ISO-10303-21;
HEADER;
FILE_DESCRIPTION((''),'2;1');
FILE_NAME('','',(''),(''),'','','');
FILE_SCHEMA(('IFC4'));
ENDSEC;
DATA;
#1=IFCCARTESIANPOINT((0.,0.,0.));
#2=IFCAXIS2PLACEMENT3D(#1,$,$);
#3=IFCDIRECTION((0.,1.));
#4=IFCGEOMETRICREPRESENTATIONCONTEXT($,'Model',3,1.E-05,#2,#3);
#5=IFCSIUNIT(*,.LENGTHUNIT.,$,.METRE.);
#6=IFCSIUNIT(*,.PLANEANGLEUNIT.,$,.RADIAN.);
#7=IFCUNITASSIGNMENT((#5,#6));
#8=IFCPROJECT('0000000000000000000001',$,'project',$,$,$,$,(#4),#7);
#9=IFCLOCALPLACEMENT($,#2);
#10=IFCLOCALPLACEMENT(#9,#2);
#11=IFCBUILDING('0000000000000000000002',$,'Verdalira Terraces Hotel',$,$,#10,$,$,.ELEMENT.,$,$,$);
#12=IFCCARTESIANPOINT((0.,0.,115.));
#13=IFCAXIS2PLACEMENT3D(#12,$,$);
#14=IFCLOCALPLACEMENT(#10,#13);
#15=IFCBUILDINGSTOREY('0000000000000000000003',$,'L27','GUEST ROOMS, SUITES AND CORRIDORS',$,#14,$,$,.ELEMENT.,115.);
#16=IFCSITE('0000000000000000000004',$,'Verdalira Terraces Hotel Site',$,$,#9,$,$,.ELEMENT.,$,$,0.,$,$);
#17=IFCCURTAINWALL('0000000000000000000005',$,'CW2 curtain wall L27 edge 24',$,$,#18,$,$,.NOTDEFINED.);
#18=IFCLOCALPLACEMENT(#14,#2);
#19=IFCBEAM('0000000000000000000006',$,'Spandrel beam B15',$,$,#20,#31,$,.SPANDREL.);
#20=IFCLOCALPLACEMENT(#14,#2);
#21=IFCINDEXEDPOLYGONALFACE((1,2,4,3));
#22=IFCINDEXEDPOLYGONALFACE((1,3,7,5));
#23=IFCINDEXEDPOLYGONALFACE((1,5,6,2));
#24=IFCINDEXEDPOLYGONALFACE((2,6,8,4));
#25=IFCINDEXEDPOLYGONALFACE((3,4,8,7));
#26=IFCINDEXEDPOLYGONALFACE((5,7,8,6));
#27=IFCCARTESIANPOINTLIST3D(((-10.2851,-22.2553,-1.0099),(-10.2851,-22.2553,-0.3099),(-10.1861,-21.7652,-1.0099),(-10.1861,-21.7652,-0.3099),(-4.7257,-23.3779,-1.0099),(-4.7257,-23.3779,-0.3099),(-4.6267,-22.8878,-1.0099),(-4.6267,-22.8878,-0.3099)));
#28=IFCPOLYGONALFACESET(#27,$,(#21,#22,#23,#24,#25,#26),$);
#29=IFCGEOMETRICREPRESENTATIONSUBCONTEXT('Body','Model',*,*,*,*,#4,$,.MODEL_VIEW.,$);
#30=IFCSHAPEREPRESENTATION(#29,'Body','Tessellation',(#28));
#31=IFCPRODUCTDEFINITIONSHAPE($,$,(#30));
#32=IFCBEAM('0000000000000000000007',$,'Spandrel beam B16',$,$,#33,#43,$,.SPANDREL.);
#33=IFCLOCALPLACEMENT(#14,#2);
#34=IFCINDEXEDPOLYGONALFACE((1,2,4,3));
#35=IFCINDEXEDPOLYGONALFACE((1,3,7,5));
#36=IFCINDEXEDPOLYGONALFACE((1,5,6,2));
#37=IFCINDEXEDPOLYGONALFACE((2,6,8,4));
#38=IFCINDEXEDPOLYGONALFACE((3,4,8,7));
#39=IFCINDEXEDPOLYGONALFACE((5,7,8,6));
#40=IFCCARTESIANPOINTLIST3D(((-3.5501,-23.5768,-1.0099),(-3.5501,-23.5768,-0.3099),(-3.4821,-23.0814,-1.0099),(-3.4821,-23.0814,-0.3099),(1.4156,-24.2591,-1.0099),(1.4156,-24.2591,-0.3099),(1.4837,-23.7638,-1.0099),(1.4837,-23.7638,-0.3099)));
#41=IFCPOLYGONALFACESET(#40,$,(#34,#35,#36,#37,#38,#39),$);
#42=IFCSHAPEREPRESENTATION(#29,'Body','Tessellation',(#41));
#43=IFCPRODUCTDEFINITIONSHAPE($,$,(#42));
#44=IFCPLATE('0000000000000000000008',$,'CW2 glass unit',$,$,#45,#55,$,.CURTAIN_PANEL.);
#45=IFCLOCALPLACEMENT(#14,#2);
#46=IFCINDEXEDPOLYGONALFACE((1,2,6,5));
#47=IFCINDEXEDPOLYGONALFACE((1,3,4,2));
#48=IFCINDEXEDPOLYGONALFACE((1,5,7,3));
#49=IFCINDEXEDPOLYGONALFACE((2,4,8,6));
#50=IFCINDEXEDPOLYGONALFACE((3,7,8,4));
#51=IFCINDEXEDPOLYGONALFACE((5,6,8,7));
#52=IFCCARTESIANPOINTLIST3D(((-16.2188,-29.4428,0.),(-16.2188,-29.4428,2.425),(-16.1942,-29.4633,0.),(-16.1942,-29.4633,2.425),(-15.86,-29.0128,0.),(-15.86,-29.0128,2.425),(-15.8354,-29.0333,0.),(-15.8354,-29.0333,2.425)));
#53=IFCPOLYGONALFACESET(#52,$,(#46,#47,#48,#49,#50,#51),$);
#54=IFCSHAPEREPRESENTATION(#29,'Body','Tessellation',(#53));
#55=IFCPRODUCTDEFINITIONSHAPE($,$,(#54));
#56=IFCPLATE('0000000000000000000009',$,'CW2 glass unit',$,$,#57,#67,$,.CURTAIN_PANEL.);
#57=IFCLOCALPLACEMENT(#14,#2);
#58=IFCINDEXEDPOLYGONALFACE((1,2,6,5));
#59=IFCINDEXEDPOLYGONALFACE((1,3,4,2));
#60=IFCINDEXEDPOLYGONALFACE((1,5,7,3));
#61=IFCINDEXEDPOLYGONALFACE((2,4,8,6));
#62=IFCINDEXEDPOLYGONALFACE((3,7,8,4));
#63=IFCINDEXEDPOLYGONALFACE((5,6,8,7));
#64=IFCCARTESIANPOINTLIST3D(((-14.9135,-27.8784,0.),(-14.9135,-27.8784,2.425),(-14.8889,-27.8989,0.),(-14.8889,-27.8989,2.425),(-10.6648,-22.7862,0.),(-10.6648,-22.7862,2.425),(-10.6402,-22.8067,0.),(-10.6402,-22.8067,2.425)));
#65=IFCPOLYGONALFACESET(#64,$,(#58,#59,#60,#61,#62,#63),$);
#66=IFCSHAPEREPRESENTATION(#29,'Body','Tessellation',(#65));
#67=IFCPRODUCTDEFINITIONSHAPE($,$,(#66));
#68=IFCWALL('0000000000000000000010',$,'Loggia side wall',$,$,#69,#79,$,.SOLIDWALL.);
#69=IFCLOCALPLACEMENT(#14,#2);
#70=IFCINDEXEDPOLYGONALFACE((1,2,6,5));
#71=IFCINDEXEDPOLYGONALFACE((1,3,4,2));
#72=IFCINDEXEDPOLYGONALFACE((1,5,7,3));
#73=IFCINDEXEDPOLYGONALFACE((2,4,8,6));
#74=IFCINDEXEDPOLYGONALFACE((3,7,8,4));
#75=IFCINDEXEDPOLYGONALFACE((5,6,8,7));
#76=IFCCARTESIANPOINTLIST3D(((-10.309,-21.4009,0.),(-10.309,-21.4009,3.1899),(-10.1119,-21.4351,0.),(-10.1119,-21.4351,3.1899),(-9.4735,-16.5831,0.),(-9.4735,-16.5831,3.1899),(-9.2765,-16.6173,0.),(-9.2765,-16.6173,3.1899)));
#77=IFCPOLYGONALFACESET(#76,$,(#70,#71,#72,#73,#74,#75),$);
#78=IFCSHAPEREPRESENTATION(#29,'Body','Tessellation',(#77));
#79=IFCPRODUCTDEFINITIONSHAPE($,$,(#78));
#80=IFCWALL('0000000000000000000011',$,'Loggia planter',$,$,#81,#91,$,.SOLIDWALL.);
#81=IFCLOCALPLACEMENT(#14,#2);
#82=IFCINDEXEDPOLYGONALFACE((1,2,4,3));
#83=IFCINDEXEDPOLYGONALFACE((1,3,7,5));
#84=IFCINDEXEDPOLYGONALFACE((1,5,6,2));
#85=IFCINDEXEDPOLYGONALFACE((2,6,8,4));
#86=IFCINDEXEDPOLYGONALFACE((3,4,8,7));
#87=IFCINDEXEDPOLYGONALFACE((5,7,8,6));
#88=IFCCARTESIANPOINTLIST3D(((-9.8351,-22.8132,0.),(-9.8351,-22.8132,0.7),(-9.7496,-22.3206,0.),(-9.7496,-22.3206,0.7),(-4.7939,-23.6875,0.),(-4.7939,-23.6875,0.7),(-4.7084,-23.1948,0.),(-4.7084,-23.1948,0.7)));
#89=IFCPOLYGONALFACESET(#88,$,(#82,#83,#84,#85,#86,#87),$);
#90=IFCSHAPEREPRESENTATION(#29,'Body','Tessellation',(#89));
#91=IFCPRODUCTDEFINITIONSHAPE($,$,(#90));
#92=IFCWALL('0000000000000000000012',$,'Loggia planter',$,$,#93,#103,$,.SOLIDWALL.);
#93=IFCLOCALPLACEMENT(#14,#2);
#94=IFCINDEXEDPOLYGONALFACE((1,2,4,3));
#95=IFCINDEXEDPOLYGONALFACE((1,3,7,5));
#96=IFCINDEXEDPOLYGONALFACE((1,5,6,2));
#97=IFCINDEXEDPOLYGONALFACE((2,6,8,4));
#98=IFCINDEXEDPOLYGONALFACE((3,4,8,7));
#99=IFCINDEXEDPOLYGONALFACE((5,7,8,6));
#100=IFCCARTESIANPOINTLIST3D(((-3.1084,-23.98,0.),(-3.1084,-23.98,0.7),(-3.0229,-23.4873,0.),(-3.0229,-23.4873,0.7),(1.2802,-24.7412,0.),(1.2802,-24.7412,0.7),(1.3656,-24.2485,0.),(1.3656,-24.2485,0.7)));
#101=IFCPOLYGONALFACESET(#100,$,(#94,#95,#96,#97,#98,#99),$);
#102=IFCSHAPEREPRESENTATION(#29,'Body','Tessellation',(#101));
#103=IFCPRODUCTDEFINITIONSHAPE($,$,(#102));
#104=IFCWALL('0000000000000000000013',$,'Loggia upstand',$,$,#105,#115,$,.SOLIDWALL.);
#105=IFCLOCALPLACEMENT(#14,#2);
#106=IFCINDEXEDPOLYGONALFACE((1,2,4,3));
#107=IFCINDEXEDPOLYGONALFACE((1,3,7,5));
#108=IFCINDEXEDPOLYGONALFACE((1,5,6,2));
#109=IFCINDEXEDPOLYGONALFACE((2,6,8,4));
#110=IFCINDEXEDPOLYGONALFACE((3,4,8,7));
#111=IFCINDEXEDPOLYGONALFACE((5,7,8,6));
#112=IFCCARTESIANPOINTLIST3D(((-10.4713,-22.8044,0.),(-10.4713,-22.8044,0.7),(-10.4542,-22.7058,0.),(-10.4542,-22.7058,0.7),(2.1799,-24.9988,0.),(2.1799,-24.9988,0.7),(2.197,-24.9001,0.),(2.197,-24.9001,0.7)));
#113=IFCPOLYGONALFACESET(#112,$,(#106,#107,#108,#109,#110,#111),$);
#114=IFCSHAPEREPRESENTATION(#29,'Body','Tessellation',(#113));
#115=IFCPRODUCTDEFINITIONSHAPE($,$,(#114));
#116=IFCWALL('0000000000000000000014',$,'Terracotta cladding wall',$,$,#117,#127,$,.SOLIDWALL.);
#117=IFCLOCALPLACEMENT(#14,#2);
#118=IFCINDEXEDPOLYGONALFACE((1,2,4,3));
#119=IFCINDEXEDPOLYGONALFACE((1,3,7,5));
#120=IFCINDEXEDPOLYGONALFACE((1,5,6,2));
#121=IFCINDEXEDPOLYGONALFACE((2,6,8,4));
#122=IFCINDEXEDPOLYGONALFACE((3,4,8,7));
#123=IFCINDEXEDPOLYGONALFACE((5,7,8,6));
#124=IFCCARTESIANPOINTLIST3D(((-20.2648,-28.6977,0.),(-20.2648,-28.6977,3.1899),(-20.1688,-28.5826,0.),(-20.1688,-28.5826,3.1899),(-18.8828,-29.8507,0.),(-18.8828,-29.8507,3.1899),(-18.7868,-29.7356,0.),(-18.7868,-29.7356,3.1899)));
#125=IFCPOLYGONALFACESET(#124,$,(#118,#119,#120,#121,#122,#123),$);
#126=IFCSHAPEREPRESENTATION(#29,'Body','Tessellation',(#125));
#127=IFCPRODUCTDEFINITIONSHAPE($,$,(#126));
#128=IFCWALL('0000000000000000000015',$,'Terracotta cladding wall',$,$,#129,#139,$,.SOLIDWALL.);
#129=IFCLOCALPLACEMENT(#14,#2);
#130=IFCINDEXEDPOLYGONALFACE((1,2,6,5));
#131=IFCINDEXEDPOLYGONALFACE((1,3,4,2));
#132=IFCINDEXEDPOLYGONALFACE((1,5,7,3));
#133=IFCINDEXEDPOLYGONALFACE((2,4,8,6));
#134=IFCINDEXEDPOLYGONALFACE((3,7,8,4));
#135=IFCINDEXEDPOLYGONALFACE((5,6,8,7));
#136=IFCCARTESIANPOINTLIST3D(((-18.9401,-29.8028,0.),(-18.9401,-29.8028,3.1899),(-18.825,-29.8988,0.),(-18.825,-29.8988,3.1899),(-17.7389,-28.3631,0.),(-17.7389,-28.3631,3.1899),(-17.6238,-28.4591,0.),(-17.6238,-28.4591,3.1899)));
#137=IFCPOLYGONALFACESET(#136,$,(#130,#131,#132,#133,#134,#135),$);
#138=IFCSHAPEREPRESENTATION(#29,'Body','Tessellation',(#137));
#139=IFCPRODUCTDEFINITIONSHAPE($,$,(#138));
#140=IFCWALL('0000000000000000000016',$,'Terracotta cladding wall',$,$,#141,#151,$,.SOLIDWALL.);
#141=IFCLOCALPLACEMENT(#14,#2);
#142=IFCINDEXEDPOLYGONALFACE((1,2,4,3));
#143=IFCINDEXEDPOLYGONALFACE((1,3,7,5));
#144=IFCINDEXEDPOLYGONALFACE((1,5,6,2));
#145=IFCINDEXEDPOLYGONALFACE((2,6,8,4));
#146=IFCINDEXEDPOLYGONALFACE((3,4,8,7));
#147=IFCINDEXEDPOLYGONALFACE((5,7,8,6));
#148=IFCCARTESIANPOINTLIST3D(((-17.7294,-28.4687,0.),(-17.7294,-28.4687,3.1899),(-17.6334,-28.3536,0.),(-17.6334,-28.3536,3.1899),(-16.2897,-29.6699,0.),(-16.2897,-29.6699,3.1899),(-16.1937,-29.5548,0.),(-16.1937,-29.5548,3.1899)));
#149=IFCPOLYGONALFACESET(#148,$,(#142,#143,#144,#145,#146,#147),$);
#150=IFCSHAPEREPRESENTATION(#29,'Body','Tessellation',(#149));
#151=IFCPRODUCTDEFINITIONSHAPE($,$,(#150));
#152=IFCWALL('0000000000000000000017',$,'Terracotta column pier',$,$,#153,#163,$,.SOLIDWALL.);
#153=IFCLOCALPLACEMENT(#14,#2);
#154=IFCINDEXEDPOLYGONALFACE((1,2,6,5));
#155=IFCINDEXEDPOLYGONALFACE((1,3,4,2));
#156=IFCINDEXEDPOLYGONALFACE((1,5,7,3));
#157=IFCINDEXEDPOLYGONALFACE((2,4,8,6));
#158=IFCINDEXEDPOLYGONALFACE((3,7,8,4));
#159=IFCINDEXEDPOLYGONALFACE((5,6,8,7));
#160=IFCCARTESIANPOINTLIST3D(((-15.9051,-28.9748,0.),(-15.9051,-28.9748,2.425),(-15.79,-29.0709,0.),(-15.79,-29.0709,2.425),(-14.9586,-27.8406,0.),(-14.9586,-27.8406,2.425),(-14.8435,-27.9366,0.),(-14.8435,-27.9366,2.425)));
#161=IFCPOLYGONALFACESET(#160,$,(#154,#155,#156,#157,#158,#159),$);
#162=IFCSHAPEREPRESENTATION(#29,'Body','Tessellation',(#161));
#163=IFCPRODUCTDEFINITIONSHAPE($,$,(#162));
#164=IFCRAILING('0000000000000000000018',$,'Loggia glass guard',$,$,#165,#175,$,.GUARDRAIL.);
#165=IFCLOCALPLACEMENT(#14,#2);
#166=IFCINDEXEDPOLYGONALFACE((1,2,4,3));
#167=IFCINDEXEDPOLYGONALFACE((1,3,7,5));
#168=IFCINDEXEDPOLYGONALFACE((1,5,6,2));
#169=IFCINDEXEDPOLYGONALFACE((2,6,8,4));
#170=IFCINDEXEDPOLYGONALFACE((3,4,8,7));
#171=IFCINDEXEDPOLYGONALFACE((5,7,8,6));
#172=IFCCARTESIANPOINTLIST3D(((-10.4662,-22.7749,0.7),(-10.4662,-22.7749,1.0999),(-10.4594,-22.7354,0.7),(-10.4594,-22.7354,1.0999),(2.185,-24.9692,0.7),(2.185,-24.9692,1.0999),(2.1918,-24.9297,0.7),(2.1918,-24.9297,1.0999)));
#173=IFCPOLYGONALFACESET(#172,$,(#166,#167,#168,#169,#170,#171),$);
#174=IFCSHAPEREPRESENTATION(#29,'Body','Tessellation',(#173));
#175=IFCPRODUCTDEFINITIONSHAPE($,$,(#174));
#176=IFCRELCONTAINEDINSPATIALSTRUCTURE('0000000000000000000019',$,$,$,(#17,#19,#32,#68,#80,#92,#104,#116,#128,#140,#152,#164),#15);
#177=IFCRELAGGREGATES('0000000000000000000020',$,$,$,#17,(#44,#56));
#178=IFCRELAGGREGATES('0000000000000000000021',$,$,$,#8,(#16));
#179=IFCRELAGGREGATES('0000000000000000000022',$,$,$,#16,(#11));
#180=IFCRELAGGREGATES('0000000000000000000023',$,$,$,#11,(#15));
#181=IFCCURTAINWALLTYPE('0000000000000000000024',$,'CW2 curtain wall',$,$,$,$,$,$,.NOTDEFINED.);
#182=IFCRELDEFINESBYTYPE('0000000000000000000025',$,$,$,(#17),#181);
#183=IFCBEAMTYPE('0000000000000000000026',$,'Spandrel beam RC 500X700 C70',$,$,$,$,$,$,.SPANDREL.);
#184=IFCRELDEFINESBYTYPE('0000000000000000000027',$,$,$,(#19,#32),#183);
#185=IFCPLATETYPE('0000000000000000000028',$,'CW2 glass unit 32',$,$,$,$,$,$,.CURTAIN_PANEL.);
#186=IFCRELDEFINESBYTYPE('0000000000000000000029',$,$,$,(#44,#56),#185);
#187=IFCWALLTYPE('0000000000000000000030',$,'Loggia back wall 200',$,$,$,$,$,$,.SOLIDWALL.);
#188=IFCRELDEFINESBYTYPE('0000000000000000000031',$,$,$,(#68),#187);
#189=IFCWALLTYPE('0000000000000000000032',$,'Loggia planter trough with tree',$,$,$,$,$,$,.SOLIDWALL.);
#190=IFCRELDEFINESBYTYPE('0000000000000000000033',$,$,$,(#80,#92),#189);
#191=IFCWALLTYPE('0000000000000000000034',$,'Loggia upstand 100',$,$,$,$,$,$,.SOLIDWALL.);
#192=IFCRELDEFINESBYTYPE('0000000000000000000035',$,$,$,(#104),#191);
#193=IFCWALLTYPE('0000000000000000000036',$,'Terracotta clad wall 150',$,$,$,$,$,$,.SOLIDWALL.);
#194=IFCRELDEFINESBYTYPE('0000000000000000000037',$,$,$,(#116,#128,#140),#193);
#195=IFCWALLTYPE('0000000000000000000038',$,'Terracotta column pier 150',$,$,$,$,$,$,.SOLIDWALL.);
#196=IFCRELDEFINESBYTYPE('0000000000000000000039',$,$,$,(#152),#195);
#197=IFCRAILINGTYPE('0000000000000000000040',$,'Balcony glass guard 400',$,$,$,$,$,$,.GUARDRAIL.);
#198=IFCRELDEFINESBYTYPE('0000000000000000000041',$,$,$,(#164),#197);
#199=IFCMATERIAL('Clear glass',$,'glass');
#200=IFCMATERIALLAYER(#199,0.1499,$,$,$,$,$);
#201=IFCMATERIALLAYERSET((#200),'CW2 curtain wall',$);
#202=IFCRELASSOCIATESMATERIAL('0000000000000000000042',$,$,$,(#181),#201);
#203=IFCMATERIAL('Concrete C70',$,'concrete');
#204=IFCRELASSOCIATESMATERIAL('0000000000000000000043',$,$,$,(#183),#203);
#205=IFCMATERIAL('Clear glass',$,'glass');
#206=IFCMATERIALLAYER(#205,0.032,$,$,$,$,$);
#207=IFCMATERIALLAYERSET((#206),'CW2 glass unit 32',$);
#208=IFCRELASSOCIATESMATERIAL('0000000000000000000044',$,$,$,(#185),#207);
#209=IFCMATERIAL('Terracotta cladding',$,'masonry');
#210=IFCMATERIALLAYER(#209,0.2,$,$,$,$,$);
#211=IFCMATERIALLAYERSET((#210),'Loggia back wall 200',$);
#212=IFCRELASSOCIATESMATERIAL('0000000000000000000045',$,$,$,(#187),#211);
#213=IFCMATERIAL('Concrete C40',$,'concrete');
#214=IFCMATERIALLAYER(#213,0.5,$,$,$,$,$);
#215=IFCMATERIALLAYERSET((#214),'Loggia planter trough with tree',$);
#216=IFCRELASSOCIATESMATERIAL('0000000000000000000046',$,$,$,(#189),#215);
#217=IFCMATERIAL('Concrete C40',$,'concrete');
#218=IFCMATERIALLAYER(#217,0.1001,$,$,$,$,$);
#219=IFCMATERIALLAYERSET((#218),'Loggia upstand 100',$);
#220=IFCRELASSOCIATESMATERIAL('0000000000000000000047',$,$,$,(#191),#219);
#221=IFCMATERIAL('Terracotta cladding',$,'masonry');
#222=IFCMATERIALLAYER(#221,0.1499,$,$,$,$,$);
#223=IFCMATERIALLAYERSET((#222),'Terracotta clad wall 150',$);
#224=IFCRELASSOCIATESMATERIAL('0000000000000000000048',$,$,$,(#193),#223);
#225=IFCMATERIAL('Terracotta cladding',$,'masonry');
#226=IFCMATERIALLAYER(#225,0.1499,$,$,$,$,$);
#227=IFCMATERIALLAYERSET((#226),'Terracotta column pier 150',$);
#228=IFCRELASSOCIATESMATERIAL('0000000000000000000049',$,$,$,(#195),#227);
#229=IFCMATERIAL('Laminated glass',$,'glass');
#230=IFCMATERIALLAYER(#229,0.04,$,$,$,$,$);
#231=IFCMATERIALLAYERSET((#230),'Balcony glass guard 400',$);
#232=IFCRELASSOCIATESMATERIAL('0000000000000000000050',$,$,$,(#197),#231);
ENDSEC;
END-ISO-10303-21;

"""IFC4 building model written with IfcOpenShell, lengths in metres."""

from ifc_helpers import new_model, si_unit, direction, frame, frame_2d, origin, origin_2d, place, context, subcontext, project, spatial, rectangle, extrude, material, layer, layer_set, material_profile, profile_set, type_object, element, aggregate, save


model = new_model("IFC4")

# Units and contexts
model_context = context("Model", 3, precision=1e-05, world=origin(), true_north=direction((0.0, 1.0)))
body_context = subcontext(model_context, "Body", "Model", "MODEL_VIEW")
ifc_project = project(units=[si_unit("LENGTHUNIT", "METRE"), si_unit("PLANEANGLEUNIT", "RADIAN")], contexts=[model_context])

# Site, building, storey
site_placement = place(None, origin())
site = spatial("IfcSite", under=ifc_project, at=site_placement, Name="Verdalira Terraces Hotel Site", CompositionType="ELEMENT", RefElevation=0.0)
building_placement = place(site_placement, origin())
building = spatial("IfcBuilding", under=site, at=building_placement, Name="Verdalira Terraces Hotel", CompositionType="ELEMENT")
storey_placement = place(building_placement, frame((0.0, 0.0, 115.0)))
storey = spatial("IfcBuildingStorey", under=building, at=storey_placement, Name="L27", Description="GUEST ROOMS, SUITES AND CORRIDORS", CompositionType="ELEMENT", Elevation=115.0)

# Curtain wall
ifc_material_1 = material(Name="Clear glass", Category="glass")
ifc_layer_1 = layer(ifc_material_1, 0.1499)
ifc_layer_set_1 = layer_set([ifc_layer_1], Name="CW2 curtain wall")
curtain_wall_type = type_object("IfcCurtainWallType", Name="CW2 curtain wall", PredefinedType="NOTDEFINED", material=ifc_layer_set_1)
curtain_wall_placement = place(storey_placement, origin())
curtain_wall = element("IfcCurtainWall", 1, at=curtain_wall_placement, inside=storey, type_object=curtain_wall_type, Name="CW2 curtain wall L27 edge 24", PredefinedType="NOTDEFINED")

# Beams
ifc_material_2 = material(Name="Concrete C70", Category="concrete")
ifc_material_profile_1 = material_profile(ifc_material_2, rectangle(XDim=0.5, YDim=0.7, at=origin_2d()), Name="RC 500X700")
ifc_profile_set_1 = profile_set([ifc_material_profile_1], Name="Concrete C70")
beam_type = type_object("IfcBeamType", Name="Spandrel beam RC 500X700 C70", PredefinedType="SPANDREL", material=ifc_profile_set_1)
beam_1_placement = place(storey_placement, frame((-10.2356, -22.0103, -0.6599), z_axis=(0.980216, -0.197929, 0.0), x_axis=(0.197929, 0.980216, 0.0)))
element("IfcBeam", 2, at=beam_1_placement, inside=storey, type_object=beam_type, Name="Spandrel beam B15", PredefinedType="SPANDREL", context=body_context, shape_type="SweptSolid", body=[
    extrude(rectangle(XDim=0.5, YDim=0.7, at=origin_2d()), origin(), (0.0, 0.0, 1.0), 5.6716),
])
beam_2_placement = place(storey_placement, frame((-3.5161, -23.3291, -0.6599), z_axis=(0.99069, -0.136135, 0.0), x_axis=(0.136135, 0.99069, 0.0)))
element("IfcBeam", 3, at=beam_2_placement, inside=storey, type_object=beam_type, Name="Spandrel beam B16", PredefinedType="SPANDREL", context=body_context, shape_type="SweptSolid", body=[
    extrude(rectangle(XDim=0.5, YDim=0.7, at=origin_2d()), origin(), (0.0, 0.0, 1.0), 5.0125),
])

# Plates
ifc_material_3 = material(Name="Clear glass", Category="glass")
ifc_layer_2 = layer(ifc_material_3, 0.032)
ifc_layer_set_2 = layer_set([ifc_layer_2], Name="CW2 glass unit 32")
plate_type = type_object("IfcPlateType", Name="CW2 glass unit 32", PredefinedType="CURTAIN_PANEL", material=ifc_layer_set_2)
plate_1_placement = place(storey_placement, frame((-16.0271, -29.238, 0.0), z_axis=(0.0, 0.0, 1.0), x_axis=(0.640646, 0.767836, 0.0)))
plate_1 = element("IfcPlate", 4, at=plate_1_placement, type_object=plate_type, Name="CW2 glass unit", PredefinedType="CURTAIN_PANEL", context=body_context, shape_type="SweptSolid", body=[
    extrude(rectangle(XDim=0.5601, YDim=0.032, at=origin_2d()), origin(), (0.0, 0.0, 1.0), 2.425),
])
plate_2_placement = place(storey_placement, frame((-12.7769, -25.3425, 0.0), z_axis=(0.0, 0.0, 1.0), x_axis=(0.640646, 0.767836, 0.0)))
plate_2 = element("IfcPlate", 5, at=plate_2_placement, type_object=plate_type, Name="CW2 glass unit", PredefinedType="CURTAIN_PANEL", context=body_context, shape_type="SweptSolid", body=[
    extrude(rectangle(XDim=6.6318, YDim=0.032, at=origin_2d()), origin(), (0.0, 0.0, 1.0), 2.425),
])
aggregate(curtain_wall, [plate_1, plate_2])

# Walls
ifc_material_4 = material(Name="Terracotta cladding", Category="masonry")
ifc_layer_3 = layer(ifc_material_4, 0.2)
ifc_layer_set_3 = layer_set([ifc_layer_3], Name="Loggia back wall 200")
wall_type_1 = type_object("IfcWallType", Name="Loggia back wall 200", PredefinedType="SOLIDWALL", material=ifc_layer_set_3)
wall_1_placement = place(storey_placement, frame((-10.2104, -21.418, 0.0), z_axis=(0.0, 0.0, 1.0), x_axis=(0.170865, 0.985294, 0.0)))
element("IfcWall", 6, at=wall_1_placement, inside=storey, type_object=wall_type_1, Name="Loggia side wall", PredefinedType="SOLIDWALL", context=body_context, shape_type="SweptSolid", body=[
    extrude(rectangle(XDim=4.8896, YDim=0.2, at=frame_2d((2.4448, 0.0))), origin(), (0.0, 0.0, 1.0), 3.1899),
])
ifc_material_5 = material(Name="Concrete C40", Category="concrete")
ifc_layer_4 = layer(ifc_material_5, 0.5)
ifc_layer_set_4 = layer_set([ifc_layer_4], Name="Loggia planter trough with tree")
wall_type_2 = type_object("IfcWallType", Name="Loggia planter trough with tree", PredefinedType="SOLIDWALL", material=ifc_layer_set_4)
wall_2_placement = place(storey_placement, frame((-9.7922, -22.5669, 0.0), z_axis=(0.0, 0.0, 1.0), x_axis=(0.985293, -0.170872, 0.0)))
element("IfcWall", 7, at=wall_2_placement, inside=storey, type_object=wall_type_2, Name="Loggia planter", PredefinedType="SOLIDWALL", context=body_context, shape_type="SweptSolid", body=[
    extrude(rectangle(XDim=5.1165, YDim=0.5, at=frame_2d((2.5581, 0.0))), origin(), (0.0, 0.0, 1.0), 0.7),
])
wall_3_placement = place(storey_placement, frame((-3.0657, -23.7336, 0.0), z_axis=(0.0, 0.0, 1.0), x_axis=(0.985288, -0.170902, 0.0)))
element("IfcWall", 8, at=wall_3_placement, inside=storey, type_object=wall_type_2, Name="Loggia planter", PredefinedType="SOLIDWALL", context=body_context, shape_type="SweptSolid", body=[
    extrude(rectangle(XDim=4.4541, YDim=0.5, at=frame_2d((2.2271, 0.0))), origin(), (0.0, 0.0, 1.0), 0.7),
])
ifc_material_6 = material(Name="Concrete C40", Category="concrete")
ifc_layer_5 = layer(ifc_material_6, 0.1001)
ifc_layer_set_5 = layer_set([ifc_layer_5], Name="Loggia upstand 100")
wall_type_3 = type_object("IfcWallType", Name="Loggia upstand 100", PredefinedType="SOLIDWALL", material=ifc_layer_set_5)
wall_4_placement = place(storey_placement, frame((-10.4626, -22.7551, 0.0), z_axis=(0.0, 0.0, 1.0), x_axis=(0.985289, -0.170898, 0.0)))
element("IfcWall", 9, at=wall_4_placement, inside=storey, type_object=wall_type_3, Name="Loggia upstand", PredefinedType="SOLIDWALL", context=body_context, shape_type="SweptSolid", body=[
    extrude(rectangle(XDim=12.8401, YDim=0.1001, at=frame_2d((6.4199, 0.0))), origin(), (0.0, 0.0, 1.0), 0.7),
])
ifc_material_7 = material(Name="Terracotta cladding", Category="masonry")
ifc_layer_6 = layer(ifc_material_7, 0.1499)
ifc_layer_set_6 = layer_set([ifc_layer_6], Name="Terracotta clad wall 150")
wall_type_4 = type_object("IfcWallType", Name="Terracotta clad wall 150", PredefinedType="SOLIDWALL", material=ifc_layer_set_6)
wall_5_placement = place(storey_placement, frame((-20.2168, -28.6401, 0.0), z_axis=(0.0, 0.0, 1.0), x_axis=(0.767854, -0.640625, 0.0)))
element("IfcWall", 10, at=wall_5_placement, inside=storey, type_object=wall_type_4, Name="Terracotta cladding wall", PredefinedType="SOLIDWALL", context=body_context, shape_type="SweptSolid", body=[
    extrude(rectangle(XDim=1.7998, YDim=0.1499, at=frame_2d((0.8999, 0.0))), origin(), (0.0, 0.0, 1.0), 3.1899),
])
for number, where, z_axis, x_axis, name in (
    (11, (-18.8826, -29.8508, 0.0), (0.0, 0.0, 1.0), (0.640633, 0.767848, 0.0), "Terracotta cladding wall"),
    (12, (-17.6814, -28.4111, 0.0), (0.0, 0.0, 1.0), (0.767848, -0.640633, 0.0), "Terracotta cladding wall"),
):
    element("IfcWall", number, at=place(storey_placement, frame(where, z_axis=z_axis, x_axis=x_axis)), inside=storey, type_object=wall_type_4, Name=name, PredefinedType="SOLIDWALL", context=body_context, shape_type="SweptSolid", body=[
        extrude(rectangle(XDim=1.875, YDim=0.1499, at=frame_2d((0.9375, 0.0))), origin(), (0.0, 0.0, 1.0), 3.1899),
    ])
ifc_material_8 = material(Name="Terracotta cladding", Category="masonry")
ifc_layer_7 = layer(ifc_material_8, 0.1499)
ifc_layer_set_7 = layer_set([ifc_layer_7], Name="Terracotta column pier 150")
wall_type_5 = type_object("IfcWallType", Name="Terracotta column pier 150", PredefinedType="SOLIDWALL", material=ifc_layer_set_7)
wall_6_placement = place(storey_placement, frame((-15.8477, -29.0229, 0.0), z_axis=(0.0, 0.0, 1.0), x_axis=(0.640704, 0.767788, 0.0)))
element("IfcWall", 13, at=wall_6_placement, inside=storey, type_object=wall_type_5, Name="Terracotta column pier", PredefinedType="SOLIDWALL", context=body_context, shape_type="SweptSolid", body=[
    extrude(rectangle(XDim=1.4773, YDim=0.1499, at=frame_2d((0.7388, 0.0))), origin(), (0.0, 0.0, 1.0), 2.425),
])

# Railing
ifc_material_9 = material(Name="Laminated glass", Category="glass")
ifc_layer_8 = layer(ifc_material_9, 0.04)
ifc_layer_set_8 = layer_set([ifc_layer_8], Name="Balcony glass guard 400")
railing_type = type_object("IfcRailingType", Name="Balcony glass guard 400", PredefinedType="GUARDRAIL", material=ifc_layer_set_8)
railing_placement = place(storey_placement, frame((-4.1372, -23.8523, 0.7), z_axis=(0.0, 0.0, 1.0), x_axis=(0.985289, -0.170897, 0.0)))
element("IfcRailing", 14, at=railing_placement, inside=storey, type_object=railing_type, Name="Loggia glass guard", PredefinedType="GUARDRAIL", context=body_context, shape_type="SweptSolid", body=[
    extrude(rectangle(XDim=12.8401, YDim=0.04, at=origin_2d()), origin(), (0.0, 0.0, 1.0), 0.3999),
])

save(model, "model.ifc")
